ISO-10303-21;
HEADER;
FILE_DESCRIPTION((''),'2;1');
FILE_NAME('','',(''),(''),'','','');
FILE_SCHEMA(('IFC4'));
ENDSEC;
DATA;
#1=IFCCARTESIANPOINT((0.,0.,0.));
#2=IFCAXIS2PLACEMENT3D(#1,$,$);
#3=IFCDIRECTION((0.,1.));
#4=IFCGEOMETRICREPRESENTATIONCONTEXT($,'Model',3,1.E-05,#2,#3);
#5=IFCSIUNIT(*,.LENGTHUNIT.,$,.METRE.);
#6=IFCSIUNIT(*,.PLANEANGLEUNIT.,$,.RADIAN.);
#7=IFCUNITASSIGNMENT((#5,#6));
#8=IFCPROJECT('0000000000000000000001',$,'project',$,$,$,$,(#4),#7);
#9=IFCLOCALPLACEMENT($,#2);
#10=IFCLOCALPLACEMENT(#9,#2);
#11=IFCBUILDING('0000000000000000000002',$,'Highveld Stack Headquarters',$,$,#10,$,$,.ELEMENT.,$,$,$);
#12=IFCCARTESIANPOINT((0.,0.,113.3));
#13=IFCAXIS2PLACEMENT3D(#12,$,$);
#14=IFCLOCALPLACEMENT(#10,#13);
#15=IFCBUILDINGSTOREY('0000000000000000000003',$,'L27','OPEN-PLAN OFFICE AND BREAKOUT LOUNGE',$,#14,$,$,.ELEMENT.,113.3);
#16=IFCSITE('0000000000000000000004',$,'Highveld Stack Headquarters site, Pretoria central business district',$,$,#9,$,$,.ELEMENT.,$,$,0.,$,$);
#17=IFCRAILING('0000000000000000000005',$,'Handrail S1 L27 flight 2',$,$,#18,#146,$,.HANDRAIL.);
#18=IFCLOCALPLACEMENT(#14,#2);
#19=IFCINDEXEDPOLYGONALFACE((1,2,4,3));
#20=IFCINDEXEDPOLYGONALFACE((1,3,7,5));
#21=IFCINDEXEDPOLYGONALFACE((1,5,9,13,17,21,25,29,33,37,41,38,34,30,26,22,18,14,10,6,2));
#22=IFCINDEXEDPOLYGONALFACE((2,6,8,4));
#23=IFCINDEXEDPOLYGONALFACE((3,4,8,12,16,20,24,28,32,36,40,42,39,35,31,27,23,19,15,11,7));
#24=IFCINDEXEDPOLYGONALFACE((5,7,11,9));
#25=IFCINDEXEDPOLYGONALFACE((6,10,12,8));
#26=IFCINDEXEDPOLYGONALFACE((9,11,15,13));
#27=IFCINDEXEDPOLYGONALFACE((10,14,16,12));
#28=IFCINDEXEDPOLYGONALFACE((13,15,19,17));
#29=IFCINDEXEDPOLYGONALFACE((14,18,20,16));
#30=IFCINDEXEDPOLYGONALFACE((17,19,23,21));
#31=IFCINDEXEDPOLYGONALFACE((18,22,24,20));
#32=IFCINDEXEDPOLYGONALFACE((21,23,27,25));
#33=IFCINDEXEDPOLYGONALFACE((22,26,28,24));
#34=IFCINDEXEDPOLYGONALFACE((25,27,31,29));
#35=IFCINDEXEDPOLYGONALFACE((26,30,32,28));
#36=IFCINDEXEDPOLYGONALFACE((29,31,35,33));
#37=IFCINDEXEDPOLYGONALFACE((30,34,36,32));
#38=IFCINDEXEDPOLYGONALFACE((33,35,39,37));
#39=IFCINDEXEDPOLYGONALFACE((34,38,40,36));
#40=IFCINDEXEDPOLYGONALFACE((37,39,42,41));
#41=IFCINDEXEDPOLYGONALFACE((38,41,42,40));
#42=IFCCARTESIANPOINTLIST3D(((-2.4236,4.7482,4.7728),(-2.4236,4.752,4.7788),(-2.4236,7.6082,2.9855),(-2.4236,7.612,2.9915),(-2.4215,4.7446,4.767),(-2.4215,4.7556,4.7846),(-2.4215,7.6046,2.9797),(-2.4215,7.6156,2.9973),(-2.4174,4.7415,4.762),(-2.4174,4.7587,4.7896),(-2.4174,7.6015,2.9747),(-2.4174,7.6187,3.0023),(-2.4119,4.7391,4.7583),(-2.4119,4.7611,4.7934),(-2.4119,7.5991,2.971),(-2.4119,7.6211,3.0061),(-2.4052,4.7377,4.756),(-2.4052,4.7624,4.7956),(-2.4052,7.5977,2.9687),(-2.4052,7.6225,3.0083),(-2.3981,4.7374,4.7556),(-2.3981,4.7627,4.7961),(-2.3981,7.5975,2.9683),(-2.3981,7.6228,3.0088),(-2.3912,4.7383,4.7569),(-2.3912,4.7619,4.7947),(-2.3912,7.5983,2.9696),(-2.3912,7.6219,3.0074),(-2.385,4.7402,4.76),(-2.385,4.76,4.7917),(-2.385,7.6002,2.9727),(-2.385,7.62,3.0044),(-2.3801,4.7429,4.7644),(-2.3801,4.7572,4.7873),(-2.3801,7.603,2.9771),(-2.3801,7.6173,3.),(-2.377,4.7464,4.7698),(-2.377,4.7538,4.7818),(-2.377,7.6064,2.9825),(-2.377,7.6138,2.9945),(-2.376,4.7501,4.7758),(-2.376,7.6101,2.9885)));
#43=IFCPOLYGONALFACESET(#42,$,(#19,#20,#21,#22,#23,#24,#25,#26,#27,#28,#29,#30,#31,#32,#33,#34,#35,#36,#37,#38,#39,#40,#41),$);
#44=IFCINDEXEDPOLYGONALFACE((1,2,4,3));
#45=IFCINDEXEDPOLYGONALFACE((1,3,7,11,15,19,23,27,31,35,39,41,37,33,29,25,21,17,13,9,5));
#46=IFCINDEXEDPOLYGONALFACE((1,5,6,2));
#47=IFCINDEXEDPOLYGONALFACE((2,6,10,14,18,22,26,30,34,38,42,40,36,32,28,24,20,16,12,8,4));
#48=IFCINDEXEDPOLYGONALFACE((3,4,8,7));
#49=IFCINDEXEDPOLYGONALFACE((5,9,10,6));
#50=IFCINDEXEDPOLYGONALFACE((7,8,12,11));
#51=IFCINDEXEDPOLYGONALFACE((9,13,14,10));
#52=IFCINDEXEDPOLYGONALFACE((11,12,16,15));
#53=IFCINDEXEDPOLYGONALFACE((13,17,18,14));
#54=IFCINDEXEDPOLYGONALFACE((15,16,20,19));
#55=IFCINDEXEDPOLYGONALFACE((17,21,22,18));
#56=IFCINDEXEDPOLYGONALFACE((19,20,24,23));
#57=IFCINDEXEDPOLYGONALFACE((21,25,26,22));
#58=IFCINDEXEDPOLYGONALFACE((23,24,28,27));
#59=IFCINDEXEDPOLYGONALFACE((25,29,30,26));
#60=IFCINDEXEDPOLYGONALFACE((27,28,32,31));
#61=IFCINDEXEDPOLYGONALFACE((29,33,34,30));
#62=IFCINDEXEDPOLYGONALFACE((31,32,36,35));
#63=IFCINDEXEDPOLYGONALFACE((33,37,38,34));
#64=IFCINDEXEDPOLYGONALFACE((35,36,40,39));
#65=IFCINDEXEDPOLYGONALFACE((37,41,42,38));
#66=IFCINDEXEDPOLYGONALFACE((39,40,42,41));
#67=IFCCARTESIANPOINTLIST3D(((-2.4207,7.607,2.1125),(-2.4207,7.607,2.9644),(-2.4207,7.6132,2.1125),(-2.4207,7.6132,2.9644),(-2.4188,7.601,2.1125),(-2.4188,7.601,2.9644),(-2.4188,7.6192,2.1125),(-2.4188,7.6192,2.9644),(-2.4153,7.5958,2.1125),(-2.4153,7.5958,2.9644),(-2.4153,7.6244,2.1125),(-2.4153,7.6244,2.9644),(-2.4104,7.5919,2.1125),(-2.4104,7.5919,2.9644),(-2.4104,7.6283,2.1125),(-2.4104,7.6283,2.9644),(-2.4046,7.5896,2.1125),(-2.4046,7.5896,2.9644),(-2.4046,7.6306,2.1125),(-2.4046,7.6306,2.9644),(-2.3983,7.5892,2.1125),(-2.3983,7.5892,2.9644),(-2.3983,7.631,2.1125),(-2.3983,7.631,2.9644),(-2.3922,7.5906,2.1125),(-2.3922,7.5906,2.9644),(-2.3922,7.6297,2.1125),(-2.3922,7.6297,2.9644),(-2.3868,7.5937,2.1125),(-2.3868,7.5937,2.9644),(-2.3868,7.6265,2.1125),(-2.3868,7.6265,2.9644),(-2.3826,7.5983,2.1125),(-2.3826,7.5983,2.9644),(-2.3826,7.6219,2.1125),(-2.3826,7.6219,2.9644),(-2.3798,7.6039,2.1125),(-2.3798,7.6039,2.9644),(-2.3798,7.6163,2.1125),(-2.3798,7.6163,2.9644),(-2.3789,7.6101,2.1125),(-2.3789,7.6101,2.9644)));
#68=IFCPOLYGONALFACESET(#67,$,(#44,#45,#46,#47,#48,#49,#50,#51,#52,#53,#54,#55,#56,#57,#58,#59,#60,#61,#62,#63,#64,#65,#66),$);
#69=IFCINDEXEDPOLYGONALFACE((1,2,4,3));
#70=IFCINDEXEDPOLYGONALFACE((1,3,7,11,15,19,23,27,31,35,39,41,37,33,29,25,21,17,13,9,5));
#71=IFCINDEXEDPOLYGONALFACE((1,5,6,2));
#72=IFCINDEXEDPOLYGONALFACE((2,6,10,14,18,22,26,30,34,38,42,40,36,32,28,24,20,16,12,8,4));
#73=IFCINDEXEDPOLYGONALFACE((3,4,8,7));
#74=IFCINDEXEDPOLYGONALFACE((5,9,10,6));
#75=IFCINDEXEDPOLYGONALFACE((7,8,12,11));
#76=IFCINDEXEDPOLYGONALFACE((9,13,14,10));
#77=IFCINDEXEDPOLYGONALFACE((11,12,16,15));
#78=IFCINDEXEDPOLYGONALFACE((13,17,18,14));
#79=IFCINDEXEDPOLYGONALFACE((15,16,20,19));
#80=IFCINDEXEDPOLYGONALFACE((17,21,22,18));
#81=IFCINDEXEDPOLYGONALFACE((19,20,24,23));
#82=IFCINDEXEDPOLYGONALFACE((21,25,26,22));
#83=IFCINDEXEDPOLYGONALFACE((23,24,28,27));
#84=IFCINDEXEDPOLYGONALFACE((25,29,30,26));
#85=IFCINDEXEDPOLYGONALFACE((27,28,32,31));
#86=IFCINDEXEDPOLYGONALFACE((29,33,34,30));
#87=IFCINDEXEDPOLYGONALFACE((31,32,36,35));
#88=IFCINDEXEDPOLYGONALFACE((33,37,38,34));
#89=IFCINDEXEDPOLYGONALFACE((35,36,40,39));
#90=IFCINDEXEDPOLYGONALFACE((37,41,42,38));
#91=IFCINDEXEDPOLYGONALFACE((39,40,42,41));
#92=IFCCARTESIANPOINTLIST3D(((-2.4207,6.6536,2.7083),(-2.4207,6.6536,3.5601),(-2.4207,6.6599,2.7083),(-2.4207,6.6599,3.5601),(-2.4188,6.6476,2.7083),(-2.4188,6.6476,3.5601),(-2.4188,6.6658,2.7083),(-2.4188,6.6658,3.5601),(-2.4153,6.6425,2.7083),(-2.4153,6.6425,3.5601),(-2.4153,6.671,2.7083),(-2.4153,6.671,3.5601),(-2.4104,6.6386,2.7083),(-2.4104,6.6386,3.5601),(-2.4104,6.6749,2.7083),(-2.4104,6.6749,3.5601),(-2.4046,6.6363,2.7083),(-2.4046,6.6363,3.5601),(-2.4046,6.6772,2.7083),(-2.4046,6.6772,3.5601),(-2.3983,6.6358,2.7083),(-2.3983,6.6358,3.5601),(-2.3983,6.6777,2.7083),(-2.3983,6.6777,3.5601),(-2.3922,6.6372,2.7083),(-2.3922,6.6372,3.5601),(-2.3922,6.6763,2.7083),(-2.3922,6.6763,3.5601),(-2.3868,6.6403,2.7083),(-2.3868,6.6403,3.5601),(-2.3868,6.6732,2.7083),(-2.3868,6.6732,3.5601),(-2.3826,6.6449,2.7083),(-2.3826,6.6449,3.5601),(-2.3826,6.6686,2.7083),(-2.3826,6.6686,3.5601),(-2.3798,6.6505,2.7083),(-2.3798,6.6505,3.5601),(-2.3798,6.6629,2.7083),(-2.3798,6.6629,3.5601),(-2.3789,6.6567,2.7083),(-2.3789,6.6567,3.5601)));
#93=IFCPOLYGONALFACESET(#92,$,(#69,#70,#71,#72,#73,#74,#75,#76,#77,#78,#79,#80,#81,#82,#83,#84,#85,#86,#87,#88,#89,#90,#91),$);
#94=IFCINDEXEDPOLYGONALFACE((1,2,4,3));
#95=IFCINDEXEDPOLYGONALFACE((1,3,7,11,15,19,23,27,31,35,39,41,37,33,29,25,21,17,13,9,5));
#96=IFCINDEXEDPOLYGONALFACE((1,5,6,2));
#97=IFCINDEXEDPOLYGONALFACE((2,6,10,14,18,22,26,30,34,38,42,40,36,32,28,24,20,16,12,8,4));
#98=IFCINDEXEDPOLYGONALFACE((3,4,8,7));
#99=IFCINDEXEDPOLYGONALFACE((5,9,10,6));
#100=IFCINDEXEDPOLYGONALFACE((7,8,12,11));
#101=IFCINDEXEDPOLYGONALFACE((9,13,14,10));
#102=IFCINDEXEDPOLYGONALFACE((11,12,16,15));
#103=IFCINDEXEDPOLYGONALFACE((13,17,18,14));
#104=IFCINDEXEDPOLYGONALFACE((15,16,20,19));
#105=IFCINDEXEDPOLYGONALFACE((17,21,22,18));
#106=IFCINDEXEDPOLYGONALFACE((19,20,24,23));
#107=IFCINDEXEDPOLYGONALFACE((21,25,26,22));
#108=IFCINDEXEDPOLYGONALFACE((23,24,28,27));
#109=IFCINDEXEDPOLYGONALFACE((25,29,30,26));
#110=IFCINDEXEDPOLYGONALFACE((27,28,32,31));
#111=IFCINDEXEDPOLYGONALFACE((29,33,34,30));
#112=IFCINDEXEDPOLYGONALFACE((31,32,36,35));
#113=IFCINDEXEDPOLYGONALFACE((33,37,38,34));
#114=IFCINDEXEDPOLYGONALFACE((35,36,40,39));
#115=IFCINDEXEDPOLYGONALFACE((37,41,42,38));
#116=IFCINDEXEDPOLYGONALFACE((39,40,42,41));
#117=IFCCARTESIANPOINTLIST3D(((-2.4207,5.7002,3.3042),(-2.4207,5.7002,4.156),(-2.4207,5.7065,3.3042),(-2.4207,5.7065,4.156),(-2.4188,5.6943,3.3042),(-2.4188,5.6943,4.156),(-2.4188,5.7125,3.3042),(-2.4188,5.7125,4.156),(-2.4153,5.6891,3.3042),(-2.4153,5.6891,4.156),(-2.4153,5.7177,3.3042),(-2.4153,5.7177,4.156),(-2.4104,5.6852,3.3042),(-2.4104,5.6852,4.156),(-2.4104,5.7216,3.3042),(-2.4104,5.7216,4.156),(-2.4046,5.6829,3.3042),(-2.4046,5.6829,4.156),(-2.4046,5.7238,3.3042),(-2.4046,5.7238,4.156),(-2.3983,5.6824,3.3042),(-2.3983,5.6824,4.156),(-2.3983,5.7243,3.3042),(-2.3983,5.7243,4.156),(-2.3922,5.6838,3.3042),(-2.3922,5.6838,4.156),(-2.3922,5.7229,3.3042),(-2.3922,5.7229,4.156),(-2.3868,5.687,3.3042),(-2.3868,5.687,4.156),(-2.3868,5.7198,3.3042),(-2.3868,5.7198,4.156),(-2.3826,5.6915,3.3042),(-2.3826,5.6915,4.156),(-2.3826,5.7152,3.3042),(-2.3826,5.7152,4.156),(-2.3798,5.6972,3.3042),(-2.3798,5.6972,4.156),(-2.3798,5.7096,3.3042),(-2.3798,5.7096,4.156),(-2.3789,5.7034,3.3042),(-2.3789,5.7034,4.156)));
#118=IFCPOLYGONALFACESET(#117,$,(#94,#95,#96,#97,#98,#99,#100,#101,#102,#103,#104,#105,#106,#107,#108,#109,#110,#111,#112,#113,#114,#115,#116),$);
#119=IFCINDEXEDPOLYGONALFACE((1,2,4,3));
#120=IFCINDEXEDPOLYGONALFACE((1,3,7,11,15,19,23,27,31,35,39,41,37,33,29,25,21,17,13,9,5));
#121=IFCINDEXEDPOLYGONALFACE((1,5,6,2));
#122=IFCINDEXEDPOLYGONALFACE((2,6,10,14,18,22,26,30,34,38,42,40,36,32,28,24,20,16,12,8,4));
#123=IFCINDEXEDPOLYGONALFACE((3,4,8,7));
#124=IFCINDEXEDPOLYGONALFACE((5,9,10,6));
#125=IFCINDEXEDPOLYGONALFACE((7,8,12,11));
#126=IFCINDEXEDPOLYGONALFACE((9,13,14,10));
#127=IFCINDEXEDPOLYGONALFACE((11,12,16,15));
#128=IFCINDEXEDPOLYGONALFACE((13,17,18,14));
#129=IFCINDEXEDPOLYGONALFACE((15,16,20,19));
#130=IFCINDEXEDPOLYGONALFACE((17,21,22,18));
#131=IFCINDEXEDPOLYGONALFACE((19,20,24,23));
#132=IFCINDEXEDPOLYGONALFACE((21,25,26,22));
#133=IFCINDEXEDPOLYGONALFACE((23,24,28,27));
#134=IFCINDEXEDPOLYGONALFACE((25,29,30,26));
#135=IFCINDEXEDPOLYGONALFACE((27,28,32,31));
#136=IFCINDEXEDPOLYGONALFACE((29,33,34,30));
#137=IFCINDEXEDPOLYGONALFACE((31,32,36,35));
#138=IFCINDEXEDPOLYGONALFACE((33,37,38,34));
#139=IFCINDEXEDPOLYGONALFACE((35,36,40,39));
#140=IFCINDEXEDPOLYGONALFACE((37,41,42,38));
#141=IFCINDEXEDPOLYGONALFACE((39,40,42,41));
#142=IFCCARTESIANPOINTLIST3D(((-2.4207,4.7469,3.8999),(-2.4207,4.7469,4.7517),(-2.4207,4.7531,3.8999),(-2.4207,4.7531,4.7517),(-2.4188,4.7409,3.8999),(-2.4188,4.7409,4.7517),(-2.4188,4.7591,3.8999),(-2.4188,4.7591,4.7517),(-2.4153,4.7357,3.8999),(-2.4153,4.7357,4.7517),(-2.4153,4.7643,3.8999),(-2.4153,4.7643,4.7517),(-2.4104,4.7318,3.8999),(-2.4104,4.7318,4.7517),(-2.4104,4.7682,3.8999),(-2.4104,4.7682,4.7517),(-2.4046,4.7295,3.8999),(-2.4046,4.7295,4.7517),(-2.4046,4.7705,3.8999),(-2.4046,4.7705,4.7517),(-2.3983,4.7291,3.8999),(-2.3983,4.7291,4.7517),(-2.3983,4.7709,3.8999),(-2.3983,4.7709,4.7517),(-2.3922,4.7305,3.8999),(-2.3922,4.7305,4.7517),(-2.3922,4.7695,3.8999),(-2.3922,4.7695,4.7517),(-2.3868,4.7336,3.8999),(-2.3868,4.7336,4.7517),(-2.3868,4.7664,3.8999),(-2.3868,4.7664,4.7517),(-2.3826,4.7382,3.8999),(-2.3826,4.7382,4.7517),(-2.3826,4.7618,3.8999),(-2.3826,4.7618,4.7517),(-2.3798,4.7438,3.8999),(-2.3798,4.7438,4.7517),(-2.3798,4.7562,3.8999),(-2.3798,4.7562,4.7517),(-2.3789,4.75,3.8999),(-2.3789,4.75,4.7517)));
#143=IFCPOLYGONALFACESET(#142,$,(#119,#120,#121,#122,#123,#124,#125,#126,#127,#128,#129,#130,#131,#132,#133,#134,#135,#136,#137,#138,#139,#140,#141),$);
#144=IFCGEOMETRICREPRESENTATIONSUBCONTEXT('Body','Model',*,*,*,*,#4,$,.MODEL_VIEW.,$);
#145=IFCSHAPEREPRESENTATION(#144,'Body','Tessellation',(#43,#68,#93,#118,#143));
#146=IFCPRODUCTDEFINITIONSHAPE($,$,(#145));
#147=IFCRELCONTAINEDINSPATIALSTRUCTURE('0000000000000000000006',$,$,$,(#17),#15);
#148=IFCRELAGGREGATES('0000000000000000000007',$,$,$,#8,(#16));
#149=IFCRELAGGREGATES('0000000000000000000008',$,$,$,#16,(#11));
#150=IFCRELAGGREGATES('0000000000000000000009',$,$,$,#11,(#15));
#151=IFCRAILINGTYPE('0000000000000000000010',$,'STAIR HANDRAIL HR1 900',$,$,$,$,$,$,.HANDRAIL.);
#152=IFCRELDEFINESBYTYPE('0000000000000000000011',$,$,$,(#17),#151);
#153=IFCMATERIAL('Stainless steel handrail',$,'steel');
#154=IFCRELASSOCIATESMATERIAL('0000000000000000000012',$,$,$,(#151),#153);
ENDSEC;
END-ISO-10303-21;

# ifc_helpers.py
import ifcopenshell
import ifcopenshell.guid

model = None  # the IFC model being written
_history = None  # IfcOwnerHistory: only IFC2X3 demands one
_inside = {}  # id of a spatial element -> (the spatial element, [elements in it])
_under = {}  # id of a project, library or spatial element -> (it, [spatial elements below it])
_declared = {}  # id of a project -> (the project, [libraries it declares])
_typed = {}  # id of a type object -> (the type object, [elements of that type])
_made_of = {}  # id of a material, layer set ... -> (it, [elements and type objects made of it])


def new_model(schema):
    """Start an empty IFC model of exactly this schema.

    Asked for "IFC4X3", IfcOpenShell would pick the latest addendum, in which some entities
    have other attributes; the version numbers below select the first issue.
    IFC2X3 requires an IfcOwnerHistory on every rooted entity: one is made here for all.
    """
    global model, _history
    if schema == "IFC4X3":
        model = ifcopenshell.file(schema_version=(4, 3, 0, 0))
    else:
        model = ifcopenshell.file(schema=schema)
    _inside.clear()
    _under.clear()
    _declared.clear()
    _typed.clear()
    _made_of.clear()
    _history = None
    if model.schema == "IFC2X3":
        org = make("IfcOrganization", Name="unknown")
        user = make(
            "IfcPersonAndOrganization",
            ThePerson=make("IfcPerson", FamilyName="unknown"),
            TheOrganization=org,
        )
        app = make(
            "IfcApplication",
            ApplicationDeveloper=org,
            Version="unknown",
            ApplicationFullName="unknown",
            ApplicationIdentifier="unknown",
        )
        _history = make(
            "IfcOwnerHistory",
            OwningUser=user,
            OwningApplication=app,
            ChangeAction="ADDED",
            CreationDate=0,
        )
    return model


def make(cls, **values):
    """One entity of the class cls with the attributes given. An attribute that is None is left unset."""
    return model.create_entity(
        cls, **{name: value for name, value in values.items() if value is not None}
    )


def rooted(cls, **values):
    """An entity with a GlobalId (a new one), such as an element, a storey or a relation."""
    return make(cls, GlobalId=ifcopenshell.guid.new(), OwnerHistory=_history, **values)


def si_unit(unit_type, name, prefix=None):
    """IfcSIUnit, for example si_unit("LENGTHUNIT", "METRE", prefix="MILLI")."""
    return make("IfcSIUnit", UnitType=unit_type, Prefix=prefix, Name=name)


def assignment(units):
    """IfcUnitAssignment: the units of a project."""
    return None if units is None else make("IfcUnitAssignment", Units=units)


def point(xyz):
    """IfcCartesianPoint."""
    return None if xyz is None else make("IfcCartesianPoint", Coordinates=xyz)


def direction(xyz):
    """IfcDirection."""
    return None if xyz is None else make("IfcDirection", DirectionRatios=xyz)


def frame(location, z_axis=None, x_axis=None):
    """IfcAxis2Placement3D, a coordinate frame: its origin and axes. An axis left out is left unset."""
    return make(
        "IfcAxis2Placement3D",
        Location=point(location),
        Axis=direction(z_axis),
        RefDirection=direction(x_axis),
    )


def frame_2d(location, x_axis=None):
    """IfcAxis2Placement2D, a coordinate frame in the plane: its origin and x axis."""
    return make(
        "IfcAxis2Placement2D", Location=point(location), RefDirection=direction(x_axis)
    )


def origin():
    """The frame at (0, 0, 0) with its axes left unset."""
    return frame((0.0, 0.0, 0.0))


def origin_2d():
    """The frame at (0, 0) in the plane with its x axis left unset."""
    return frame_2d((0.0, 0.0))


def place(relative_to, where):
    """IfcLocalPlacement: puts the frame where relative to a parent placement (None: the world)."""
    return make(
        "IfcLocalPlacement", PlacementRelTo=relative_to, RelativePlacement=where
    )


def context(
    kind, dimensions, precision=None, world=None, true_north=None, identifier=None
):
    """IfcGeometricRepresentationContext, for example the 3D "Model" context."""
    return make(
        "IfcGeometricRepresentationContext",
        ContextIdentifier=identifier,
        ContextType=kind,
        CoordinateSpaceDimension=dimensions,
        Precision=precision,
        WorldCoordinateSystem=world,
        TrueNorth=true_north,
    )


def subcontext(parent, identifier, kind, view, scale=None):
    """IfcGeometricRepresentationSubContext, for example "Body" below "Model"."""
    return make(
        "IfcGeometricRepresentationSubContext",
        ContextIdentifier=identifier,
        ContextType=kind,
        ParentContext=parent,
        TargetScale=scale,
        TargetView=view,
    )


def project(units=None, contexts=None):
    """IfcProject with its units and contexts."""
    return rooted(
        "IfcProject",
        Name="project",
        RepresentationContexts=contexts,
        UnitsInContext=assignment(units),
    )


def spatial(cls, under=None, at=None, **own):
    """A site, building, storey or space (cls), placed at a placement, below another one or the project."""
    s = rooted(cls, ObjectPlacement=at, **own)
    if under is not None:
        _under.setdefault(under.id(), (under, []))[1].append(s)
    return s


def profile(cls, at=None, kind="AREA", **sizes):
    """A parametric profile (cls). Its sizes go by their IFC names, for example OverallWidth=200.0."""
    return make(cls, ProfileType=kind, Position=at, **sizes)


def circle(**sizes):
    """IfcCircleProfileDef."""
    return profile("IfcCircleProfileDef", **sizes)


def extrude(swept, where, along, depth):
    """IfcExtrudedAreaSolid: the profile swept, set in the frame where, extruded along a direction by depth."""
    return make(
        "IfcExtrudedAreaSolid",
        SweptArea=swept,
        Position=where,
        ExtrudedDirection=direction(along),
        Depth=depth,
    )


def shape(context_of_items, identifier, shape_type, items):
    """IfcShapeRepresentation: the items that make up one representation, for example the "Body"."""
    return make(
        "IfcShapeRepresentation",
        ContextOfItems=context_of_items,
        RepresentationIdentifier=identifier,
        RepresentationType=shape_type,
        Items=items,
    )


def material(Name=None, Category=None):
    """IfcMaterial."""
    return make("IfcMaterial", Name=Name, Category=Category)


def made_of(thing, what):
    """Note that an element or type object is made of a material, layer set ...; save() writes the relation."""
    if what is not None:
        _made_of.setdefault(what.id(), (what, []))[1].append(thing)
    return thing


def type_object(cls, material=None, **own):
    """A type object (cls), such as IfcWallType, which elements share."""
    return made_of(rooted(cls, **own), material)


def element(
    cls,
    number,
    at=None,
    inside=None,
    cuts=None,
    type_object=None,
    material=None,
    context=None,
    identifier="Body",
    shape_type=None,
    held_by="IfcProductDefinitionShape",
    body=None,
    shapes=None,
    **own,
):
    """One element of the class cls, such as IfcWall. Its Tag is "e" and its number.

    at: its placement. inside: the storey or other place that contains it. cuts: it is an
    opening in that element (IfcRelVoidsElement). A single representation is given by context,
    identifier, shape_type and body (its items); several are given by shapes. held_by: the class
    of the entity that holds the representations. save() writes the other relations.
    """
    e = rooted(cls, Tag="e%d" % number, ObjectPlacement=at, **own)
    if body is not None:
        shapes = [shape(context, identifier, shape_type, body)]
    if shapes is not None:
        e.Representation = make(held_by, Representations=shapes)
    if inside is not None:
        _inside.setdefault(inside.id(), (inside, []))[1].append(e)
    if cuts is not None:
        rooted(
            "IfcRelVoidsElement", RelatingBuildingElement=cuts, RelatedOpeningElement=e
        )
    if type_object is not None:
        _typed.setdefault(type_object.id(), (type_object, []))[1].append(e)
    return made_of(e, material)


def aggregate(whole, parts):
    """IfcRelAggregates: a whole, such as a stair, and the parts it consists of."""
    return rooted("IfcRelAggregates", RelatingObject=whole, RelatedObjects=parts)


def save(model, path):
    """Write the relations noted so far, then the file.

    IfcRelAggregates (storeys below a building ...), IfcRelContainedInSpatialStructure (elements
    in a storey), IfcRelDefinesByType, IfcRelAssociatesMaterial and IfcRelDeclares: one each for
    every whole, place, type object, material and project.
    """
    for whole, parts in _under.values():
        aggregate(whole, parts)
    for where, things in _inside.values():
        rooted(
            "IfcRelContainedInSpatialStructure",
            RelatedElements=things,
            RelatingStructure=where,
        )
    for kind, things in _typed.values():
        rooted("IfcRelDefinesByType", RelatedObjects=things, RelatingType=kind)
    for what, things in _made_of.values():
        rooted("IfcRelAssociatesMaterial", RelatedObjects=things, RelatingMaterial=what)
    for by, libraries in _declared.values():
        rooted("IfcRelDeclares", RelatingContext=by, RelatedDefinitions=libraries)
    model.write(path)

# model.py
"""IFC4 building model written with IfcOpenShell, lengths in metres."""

from ifc_helpers import new_model, si_unit, direction, frame, origin, origin_2d, place, context, subcontext, project, spatial, circle, extrude, material, type_object, element, save


model = new_model("IFC4")

# Units and contexts
model_context = context("Model", 3, precision=1e-05, world=origin(), true_north=direction((0.0, 1.0)))
body_context = subcontext(model_context, "Body", "Model", "MODEL_VIEW")
ifc_project = project(units=[si_unit("LENGTHUNIT", "METRE"), si_unit("PLANEANGLEUNIT", "RADIAN")], contexts=[model_context])

# Site, building, storey
site_placement = place(None, origin())
site = spatial("IfcSite", under=ifc_project, at=site_placement, Name="Highveld Stack Headquarters site, Pretoria central business district", CompositionType="ELEMENT", RefElevation=0.0)
building_placement = place(site_placement, origin())
building = spatial("IfcBuilding", under=site, at=building_placement, Name="Highveld Stack Headquarters", CompositionType="ELEMENT")
storey_placement = place(building_placement, frame((0.0, 0.0, 113.3)))
storey = spatial("IfcBuildingStorey", under=building, at=storey_placement, Name="L27", Description="OPEN-PLAN OFFICE AND BREAKOUT LOUNGE", CompositionType="ELEMENT", Elevation=113.3)

# Railing
ifc_material_1 = material(Name="Stainless steel handrail", Category="steel")
railing_type = type_object("IfcRailingType", Name="STAIR HANDRAIL HR1 900", PredefinedType="HANDRAIL", material=ifc_material_1)
for number, where, name in (
    (1, (-2.3999, 7.6101, 2.1125), "Handrail S1 L27 flight 2"),
):
    element("IfcRailing", number, at=place(storey_placement, frame(where)), inside=storey, type_object=railing_type, Name=name, PredefinedType="HANDRAIL", context=body_context, shape_type="SweptSolid", body=[
        extrude(circle(Radius=0.0239, at=origin_2d()), frame((0.0, 0.0, 0.876), z_axis=(0.0, -0.848027, 0.529953), x_axis=(1.0, 0.0, 0.0)), (0.0, 0.0, 1.0), 3.3726),
        extrude(circle(Radius=0.021, at=origin_2d()), origin(), (0.0, 0.0, 1.0), 0.8518),
        extrude(circle(Radius=0.021, at=origin_2d()), frame((0.0, -0.9534, 0.5957)), (0.0, 0.0, 1.0), 0.8518),
        extrude(circle(Radius=0.021, at=origin_2d()), frame((0.0, -1.9067, 1.1917)), (0.0, 0.0, 1.0), 0.8518),
        extrude(circle(Radius=0.021, at=origin_2d()), frame((0.0, -2.8601, 1.7874)), (0.0, 0.0, 1.0), 0.8518),
    ])

save(model, "model.ifc")
